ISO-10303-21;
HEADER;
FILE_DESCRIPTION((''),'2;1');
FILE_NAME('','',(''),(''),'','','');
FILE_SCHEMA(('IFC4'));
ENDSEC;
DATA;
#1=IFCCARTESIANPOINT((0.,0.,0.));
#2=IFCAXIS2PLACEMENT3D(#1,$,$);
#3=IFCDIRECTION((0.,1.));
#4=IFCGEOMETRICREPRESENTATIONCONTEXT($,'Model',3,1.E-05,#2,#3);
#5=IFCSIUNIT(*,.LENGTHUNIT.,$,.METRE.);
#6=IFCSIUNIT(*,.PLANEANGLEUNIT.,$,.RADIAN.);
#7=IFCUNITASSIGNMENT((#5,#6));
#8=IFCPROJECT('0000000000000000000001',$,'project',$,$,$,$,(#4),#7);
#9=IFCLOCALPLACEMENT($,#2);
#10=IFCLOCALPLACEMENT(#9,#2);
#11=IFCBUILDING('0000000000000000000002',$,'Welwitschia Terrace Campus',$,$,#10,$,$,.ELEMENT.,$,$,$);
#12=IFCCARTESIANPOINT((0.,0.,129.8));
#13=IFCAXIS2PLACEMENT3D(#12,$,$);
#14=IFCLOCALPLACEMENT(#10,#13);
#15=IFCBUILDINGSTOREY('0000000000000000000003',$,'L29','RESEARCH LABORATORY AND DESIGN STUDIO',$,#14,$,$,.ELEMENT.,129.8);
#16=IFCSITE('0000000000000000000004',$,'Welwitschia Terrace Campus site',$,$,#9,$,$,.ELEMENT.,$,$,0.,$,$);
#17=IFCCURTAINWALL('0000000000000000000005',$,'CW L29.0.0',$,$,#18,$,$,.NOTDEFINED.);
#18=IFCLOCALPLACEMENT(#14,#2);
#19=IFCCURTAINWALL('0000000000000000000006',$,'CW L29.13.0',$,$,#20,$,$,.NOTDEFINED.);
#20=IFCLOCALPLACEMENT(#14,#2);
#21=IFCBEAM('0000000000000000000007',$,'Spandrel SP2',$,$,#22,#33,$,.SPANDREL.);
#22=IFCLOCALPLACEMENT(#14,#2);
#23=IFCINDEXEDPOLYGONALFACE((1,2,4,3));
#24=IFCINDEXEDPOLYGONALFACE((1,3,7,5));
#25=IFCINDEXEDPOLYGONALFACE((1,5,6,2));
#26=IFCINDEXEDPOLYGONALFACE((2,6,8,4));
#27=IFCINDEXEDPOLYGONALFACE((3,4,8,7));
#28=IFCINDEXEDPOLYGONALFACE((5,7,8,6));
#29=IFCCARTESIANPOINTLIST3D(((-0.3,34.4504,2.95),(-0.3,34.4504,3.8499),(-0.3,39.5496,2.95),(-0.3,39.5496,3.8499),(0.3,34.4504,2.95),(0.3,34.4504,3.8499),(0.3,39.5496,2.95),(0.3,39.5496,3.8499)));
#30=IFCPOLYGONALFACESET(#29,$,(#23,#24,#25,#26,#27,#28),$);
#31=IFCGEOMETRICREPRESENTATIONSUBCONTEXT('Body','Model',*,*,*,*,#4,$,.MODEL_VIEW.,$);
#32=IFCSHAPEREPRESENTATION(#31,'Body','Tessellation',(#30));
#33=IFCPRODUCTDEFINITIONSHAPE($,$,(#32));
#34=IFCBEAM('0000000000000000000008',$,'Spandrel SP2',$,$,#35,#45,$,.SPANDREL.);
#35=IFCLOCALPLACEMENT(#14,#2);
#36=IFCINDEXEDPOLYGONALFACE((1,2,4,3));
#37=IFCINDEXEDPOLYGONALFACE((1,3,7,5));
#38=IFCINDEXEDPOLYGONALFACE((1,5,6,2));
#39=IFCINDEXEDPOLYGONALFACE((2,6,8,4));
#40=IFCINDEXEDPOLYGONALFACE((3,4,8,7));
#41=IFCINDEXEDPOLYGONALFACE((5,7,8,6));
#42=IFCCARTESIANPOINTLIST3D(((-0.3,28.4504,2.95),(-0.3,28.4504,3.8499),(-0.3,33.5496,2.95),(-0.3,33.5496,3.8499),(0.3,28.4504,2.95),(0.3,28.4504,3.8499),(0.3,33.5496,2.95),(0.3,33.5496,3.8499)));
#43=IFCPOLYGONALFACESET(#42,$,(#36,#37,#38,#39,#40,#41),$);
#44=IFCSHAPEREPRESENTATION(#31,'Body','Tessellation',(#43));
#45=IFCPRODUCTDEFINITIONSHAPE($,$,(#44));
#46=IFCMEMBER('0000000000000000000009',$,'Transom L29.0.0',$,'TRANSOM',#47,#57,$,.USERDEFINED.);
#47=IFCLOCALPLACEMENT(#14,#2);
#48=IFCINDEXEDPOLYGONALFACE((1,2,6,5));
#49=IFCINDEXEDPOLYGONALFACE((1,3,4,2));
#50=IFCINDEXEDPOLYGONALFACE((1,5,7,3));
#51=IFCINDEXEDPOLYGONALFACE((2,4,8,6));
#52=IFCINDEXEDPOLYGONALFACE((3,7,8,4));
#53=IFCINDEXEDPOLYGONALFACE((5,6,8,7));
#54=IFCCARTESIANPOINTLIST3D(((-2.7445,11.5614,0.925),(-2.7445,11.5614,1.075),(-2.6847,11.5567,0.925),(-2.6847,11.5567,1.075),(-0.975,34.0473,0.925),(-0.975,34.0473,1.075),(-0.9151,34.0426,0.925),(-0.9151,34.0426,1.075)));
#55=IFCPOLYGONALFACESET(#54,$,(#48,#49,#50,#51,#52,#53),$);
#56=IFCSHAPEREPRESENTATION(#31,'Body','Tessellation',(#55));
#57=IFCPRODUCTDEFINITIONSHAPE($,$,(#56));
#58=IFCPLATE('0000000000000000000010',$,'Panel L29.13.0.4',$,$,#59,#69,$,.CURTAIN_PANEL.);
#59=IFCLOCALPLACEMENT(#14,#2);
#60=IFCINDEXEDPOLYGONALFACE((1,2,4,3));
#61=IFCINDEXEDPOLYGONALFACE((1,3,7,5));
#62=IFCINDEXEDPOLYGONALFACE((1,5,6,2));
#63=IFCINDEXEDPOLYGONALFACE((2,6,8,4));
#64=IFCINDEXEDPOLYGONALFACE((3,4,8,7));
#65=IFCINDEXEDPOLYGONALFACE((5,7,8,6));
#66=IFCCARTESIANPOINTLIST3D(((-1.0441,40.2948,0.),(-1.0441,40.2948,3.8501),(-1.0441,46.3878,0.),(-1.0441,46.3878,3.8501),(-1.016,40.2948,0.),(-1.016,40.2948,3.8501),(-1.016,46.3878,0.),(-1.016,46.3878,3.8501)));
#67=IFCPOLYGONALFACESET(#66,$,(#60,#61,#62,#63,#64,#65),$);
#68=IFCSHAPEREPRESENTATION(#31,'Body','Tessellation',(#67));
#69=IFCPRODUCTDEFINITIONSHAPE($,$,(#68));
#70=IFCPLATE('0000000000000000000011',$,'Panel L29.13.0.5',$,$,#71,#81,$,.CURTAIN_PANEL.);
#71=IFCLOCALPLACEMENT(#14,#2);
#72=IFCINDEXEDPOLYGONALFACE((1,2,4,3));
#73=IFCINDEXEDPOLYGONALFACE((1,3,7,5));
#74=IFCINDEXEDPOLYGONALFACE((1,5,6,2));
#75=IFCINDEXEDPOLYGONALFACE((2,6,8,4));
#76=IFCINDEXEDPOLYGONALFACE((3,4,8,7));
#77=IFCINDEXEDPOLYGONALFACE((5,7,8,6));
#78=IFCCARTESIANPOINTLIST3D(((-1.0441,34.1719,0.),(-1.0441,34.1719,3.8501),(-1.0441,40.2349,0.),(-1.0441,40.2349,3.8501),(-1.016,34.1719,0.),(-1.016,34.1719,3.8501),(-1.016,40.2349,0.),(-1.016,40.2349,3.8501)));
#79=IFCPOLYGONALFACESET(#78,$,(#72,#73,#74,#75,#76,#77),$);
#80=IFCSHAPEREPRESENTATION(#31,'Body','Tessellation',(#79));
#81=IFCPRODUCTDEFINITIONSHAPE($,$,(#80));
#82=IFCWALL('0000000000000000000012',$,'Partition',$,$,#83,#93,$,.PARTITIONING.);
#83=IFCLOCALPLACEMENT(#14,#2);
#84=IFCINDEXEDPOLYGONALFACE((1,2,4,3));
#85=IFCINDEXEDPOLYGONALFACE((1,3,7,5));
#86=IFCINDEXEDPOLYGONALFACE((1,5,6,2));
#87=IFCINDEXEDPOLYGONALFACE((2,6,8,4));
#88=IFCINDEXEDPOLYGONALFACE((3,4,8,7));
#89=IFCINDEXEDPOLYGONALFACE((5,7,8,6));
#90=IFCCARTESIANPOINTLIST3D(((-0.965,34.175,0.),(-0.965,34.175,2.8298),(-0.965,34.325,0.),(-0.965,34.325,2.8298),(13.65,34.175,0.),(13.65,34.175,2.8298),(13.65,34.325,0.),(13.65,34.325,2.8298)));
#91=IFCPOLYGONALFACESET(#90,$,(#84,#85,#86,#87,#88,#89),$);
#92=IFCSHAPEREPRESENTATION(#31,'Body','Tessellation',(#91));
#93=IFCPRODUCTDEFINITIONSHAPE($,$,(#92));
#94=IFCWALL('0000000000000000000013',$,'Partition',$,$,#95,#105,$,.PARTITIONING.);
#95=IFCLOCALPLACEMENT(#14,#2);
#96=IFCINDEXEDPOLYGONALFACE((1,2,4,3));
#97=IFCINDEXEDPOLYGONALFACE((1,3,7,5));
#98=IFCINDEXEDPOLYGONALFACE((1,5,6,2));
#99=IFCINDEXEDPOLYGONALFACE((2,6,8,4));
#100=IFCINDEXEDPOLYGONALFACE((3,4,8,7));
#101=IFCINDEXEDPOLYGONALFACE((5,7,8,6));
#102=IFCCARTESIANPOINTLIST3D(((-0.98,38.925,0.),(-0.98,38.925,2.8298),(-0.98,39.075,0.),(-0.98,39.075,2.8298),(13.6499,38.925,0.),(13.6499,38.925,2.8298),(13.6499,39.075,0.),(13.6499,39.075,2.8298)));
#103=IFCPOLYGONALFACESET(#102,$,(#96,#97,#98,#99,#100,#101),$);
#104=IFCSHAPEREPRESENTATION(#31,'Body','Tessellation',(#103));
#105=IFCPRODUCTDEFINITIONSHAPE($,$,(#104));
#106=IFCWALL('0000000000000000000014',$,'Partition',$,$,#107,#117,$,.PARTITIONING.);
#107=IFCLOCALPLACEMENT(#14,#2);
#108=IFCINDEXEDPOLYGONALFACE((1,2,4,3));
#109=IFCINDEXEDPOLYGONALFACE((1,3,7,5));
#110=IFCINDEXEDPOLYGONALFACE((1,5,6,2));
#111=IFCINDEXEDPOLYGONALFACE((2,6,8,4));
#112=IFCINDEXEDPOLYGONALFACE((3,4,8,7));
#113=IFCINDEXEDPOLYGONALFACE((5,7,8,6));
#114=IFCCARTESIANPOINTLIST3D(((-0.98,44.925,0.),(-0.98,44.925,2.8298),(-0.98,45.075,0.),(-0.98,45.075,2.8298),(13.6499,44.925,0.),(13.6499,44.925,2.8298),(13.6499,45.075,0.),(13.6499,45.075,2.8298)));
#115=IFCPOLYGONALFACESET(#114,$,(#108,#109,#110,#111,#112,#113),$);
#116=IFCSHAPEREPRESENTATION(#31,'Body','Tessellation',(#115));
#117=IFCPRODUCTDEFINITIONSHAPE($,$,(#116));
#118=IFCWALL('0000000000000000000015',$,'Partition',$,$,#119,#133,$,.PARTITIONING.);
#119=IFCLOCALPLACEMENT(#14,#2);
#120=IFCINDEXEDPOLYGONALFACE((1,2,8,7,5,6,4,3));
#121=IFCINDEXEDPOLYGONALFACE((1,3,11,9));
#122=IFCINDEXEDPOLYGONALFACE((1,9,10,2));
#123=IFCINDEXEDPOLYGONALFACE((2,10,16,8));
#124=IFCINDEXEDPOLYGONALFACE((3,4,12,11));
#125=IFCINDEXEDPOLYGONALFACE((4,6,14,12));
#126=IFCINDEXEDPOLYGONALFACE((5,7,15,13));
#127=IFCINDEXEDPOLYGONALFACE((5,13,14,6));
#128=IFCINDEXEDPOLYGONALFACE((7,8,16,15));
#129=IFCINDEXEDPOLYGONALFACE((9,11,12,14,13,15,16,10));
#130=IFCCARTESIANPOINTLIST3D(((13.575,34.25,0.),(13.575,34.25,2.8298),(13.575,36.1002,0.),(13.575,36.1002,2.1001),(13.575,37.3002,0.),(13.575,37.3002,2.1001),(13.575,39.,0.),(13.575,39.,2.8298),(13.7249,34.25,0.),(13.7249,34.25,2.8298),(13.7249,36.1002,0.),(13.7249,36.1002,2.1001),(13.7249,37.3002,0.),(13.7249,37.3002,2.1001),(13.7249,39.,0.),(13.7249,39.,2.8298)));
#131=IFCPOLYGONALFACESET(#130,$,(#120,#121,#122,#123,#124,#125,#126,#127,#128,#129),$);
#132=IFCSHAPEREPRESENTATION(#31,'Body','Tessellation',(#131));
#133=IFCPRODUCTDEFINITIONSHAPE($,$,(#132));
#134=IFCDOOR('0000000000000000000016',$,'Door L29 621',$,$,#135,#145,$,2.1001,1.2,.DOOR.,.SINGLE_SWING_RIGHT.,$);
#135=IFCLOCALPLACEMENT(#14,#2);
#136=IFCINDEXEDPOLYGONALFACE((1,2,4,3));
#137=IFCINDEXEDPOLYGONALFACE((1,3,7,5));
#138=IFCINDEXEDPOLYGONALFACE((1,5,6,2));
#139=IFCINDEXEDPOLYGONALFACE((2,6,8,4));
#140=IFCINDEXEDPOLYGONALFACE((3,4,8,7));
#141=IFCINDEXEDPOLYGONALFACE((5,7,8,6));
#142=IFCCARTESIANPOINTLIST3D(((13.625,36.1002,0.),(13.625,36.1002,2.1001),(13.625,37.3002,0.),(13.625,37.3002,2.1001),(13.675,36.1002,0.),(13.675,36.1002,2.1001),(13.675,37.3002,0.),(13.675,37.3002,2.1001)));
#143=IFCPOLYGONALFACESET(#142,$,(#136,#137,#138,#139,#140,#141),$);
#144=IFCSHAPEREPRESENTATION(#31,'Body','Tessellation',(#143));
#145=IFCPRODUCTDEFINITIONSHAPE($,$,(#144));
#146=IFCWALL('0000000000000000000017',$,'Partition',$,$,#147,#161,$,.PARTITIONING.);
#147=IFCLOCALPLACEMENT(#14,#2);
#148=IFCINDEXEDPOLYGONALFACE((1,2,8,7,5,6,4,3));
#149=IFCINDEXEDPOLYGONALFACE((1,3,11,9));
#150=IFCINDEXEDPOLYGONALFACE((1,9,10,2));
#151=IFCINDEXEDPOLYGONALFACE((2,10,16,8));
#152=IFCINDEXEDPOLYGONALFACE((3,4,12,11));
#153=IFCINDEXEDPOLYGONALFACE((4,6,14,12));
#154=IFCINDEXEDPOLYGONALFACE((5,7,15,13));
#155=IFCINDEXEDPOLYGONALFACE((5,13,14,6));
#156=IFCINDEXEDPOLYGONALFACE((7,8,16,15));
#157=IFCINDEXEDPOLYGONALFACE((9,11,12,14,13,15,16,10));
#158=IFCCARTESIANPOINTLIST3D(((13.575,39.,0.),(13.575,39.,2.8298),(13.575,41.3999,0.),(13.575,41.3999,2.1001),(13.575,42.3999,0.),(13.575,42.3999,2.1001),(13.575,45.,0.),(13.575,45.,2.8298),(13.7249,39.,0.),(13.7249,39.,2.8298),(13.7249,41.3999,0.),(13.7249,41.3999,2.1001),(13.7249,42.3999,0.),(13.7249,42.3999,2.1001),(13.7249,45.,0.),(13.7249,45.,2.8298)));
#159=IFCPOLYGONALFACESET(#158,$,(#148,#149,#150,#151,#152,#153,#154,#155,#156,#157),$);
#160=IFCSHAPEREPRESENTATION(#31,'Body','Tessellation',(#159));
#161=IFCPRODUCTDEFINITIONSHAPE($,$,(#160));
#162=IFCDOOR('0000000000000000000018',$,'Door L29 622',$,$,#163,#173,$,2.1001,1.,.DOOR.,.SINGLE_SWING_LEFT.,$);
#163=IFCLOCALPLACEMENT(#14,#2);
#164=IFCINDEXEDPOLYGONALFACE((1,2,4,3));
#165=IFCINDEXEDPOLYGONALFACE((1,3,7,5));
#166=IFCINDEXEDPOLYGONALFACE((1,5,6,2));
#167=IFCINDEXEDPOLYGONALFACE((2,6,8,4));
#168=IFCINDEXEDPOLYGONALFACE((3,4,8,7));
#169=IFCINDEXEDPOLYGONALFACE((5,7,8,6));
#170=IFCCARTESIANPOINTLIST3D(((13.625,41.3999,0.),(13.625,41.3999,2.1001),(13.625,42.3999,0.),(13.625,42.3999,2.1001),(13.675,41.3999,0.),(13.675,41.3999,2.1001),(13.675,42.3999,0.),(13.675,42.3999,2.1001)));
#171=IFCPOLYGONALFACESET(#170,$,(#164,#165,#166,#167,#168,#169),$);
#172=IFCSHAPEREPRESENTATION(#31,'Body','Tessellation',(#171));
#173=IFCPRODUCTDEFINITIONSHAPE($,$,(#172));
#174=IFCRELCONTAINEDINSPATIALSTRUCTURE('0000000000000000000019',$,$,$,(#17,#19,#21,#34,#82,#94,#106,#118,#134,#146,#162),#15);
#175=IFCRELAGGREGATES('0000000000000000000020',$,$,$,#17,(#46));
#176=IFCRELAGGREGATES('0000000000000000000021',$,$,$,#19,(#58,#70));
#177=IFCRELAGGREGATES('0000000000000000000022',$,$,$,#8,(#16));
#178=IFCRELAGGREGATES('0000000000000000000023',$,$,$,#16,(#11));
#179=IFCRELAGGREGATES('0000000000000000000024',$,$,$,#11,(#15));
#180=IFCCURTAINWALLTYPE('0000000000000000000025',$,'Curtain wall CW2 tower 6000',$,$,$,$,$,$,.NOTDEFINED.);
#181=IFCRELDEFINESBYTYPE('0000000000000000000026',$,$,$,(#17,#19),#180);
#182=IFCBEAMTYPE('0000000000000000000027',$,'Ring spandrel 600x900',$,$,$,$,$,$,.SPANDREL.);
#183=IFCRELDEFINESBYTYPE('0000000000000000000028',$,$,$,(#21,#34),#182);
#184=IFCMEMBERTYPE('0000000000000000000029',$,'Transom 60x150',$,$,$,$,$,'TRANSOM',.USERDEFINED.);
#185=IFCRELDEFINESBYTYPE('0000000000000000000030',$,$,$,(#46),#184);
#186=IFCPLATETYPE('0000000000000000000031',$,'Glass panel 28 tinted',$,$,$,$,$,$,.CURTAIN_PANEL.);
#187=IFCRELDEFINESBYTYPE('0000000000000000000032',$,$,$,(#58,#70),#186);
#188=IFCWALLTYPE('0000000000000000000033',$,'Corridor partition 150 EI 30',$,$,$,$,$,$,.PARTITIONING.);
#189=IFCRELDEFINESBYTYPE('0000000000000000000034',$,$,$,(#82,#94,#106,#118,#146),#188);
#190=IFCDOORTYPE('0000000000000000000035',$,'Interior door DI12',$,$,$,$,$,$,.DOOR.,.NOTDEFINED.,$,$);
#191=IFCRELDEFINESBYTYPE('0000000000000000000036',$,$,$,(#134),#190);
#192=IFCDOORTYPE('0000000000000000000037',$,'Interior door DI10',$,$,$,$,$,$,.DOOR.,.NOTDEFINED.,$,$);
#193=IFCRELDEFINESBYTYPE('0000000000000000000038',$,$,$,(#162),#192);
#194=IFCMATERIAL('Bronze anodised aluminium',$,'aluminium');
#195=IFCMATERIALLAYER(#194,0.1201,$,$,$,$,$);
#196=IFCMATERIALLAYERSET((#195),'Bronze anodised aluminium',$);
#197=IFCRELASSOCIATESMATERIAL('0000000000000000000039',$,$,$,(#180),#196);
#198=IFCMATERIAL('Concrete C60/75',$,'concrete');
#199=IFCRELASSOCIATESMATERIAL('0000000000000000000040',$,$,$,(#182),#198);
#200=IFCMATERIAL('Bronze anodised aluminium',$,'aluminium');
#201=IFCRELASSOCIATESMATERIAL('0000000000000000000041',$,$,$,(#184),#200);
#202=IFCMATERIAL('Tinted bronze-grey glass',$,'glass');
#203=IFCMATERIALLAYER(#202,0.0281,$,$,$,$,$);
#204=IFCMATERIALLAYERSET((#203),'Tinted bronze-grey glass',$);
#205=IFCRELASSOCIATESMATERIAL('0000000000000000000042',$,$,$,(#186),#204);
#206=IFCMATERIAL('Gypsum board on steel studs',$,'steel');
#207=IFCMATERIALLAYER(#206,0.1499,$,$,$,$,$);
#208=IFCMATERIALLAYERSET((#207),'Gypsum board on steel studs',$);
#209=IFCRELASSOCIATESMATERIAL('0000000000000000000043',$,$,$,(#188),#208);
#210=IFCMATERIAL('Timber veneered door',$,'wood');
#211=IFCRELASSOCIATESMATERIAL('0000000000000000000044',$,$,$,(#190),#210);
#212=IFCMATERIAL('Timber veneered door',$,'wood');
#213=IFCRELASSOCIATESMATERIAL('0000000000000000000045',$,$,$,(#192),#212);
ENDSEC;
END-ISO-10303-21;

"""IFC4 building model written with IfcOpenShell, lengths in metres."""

from ifc_helpers import new_model, si_unit, direction, frame, frame_2d, origin, origin_2d, place, context, subcontext, project, spatial, rectangle, extrude, material, layer, layer_set, material_profile, profile_set, type_object, element, fill, aggregate, save


model = new_model("IFC4")

# Units and contexts
model_context = context("Model", 3, precision=1e-05, world=origin(), true_north=direction((0.0, 1.0)))
body_context = subcontext(model_context, "Body", "Model", "MODEL_VIEW")
ifc_project = project(units=[si_unit("LENGTHUNIT", "METRE"), si_unit("PLANEANGLEUNIT", "RADIAN")], contexts=[model_context])

# Site, building, storey
site_placement = place(None, origin())
site = spatial("IfcSite", under=ifc_project, at=site_placement, Name="Welwitschia Terrace Campus site", CompositionType="ELEMENT", RefElevation=0.0)
building_placement = place(site_placement, origin())
building = spatial("IfcBuilding", under=site, at=building_placement, Name="Welwitschia Terrace Campus", CompositionType="ELEMENT")
storey_placement = place(building_placement, frame((0.0, 0.0, 129.8)))
storey = spatial("IfcBuildingStorey", under=building, at=storey_placement, Name="L29", Description="RESEARCH LABORATORY AND DESIGN STUDIO", CompositionType="ELEMENT", Elevation=129.8)

# Curtain wall
ifc_material_1 = material(Name="Bronze anodised aluminium", Category="aluminium")
ifc_layer_1 = layer(ifc_material_1, 0.1201)
ifc_layer_set_1 = layer_set([ifc_layer_1], Name="Bronze anodised aluminium")
curtain_wall_type = type_object("IfcCurtainWallType", Name="Curtain wall CW2 tower 6000", PredefinedType="NOTDEFINED", material=ifc_layer_set_1)
curtain_wall_1_placement = place(storey_placement, origin())
curtain_wall_1 = element("IfcCurtainWall", 1, at=curtain_wall_1_placement, inside=storey, type_object=curtain_wall_type, Name="CW L29.0.0", PredefinedType="NOTDEFINED")

# Curtain wall
curtain_wall_2_placement = place(storey_placement, origin())
curtain_wall_2 = element("IfcCurtainWall", 2, at=curtain_wall_2_placement, inside=storey, type_object=curtain_wall_type, Name="CW L29.13.0", PredefinedType="NOTDEFINED")

# Beams
ifc_material_2 = material(Name="Concrete C60/75", Category="concrete")
ifc_material_profile_1 = material_profile(ifc_material_2, rectangle(XDim=0.6001, YDim=0.8999, at=origin_2d()))
ifc_profile_set_1 = profile_set([ifc_material_profile_1], Name="Concrete C60/75")
beam_type_1 = type_object("IfcBeamType", Name="Ring spandrel 600x900", PredefinedType="SPANDREL", material=ifc_profile_set_1)
for number, where, z_axis, x_axis, name in (
    (3, (0.0, 39.5496, 3.3999), (0.0, -1.0, 0.0), (1.0, 0.0, 0.0), "Spandrel SP2"),
    (4, (0.0, 33.5496, 3.3999), (0.0, -1.0, 0.0), (1.0, 0.0, 0.0), "Spandrel SP2"),
):
    element("IfcBeam", number, at=place(storey_placement, frame(where, z_axis=z_axis, x_axis=x_axis)), inside=storey, type_object=beam_type_1, Name=name, PredefinedType="SPANDREL", context=body_context, shape_type="SweptSolid", body=[
        extrude(rectangle(XDim=0.6001, YDim=0.8999, at=origin_2d()), origin(), (0.0, 0.0, 1.0), 5.0991),
    ])

# Member
ifc_material_3 = material(Name="Bronze anodised aluminium", Category="aluminium")
ifc_material_profile_2 = material_profile(ifc_material_3, rectangle(XDim=0.0601, YDim=0.1499, at=origin_2d()))
ifc_profile_set_2 = profile_set([ifc_material_profile_2], Name="Bronze anodised aluminium")
member_type_1 = type_object("IfcMemberType", Name="Transom 60x150", ElementType="TRANSOM", PredefinedType="USERDEFINED", material=ifc_profile_set_2)
member_1_placement = place(storey_placement, frame((-0.9451, 34.0449, 1.0), z_axis=(-0.078453, -0.996918, 0.0), x_axis=(0.996918, -0.078453, 0.0)))
member_1 = element("IfcMember", 5, at=member_1_placement, type_object=member_type_1, Name="Transom L29.0.0", ObjectType="TRANSOM", PredefinedType="USERDEFINED", context=body_context, shape_type="SweptSolid", body=[
    extrude(rectangle(XDim=0.0601, YDim=0.1499, at=origin_2d()), origin(), (0.0, 0.0, 1.0), 22.5554),
])
aggregate(curtain_wall_1, [member_1])

# Plates
ifc_material_4 = material(Name="Tinted bronze-grey glass", Category="glass")
ifc_layer_2 = layer(ifc_material_4, 0.0281)
ifc_layer_set_2 = layer_set([ifc_layer_2], Name="Tinted bronze-grey glass")
plate_type = type_object("IfcPlateType", Name="Glass panel 28 tinted", PredefinedType="CURTAIN_PANEL", material=ifc_layer_set_2)
plate_1_placement = place(storey_placement, frame((-1.03, 43.3413, 0.0), z_axis=(0.0, 0.0, 1.0), x_axis=(0.0, -1.0, 0.0)))
plate_1 = element("IfcPlate", 6, at=plate_1_placement, type_object=plate_type, Name="Panel L29.13.0.4", PredefinedType="CURTAIN_PANEL", context=body_context, shape_type="SweptSolid", body=[
    extrude(rectangle(XDim=6.093, YDim=0.0281, at=origin_2d()), origin(), (0.0, 0.0, 1.0), 3.8501),
])
plate_2_placement = place(storey_placement, frame((-1.03, 37.2034, 0.0), z_axis=(0.0, 0.0, 1.0), x_axis=(0.0, -1.0, 0.0)))
plate_2 = element("IfcPlate", 7, at=plate_2_placement, type_object=plate_type, Name="Panel L29.13.0.5", PredefinedType="CURTAIN_PANEL", context=body_context, shape_type="SweptSolid", body=[
    extrude(rectangle(XDim=6.063, YDim=0.0281, at=origin_2d()), origin(), (0.0, 0.0, 1.0), 3.8501),
])
aggregate(curtain_wall_2, [plate_1, plate_2])

# Walls
ifc_material_5 = material(Name="Gypsum board on steel studs", Category="steel")
ifc_layer_3 = layer(ifc_material_5, 0.1499)
ifc_layer_set_3 = layer_set([ifc_layer_3], Name="Gypsum board on steel studs")
wall_type = type_object("IfcWallType", Name="Corridor partition 150 EI 30", PredefinedType="PARTITIONING", material=ifc_layer_set_3)
wall_1_placement = place(storey_placement, frame((-0.9651, 34.25, 0.0), z_axis=(0.0, 0.0, 1.0), x_axis=(1.0, 0.0, 0.0)))
element("IfcWall", 8, at=wall_1_placement, inside=storey, type_object=wall_type, Name="Partition", PredefinedType="PARTITIONING", context=body_context, shape_type="SweptSolid", body=[
    extrude(rectangle(XDim=14.615, YDim=0.1499, at=frame_2d((7.3076, 0.0))), origin(), (0.0, 0.0, 1.0), 2.8298),
])
for number, where, z_axis, x_axis, name in (
    (9, (-0.98, 39.0, 0.0), (0.0, 0.0, 1.0), (1.0, 0.0, 0.0), "Partition"),
    (10, (-0.98, 45.0, 0.0), (0.0, 0.0, 1.0), (1.0, 0.0, 0.0), "Partition"),
):
    element("IfcWall", number, at=place(storey_placement, frame(where, z_axis=z_axis, x_axis=x_axis)), inside=storey, type_object=wall_type, Name=name, PredefinedType="PARTITIONING", context=body_context, shape_type="SweptSolid", body=[
        extrude(rectangle(XDim=14.6299, YDim=0.1499, at=frame_2d((7.3149, 0.0))), origin(), (0.0, 0.0, 1.0), 2.8298),
    ])

# Walls, openings, doors
wall_2_placement = place(storey_placement, frame((13.6499, 34.25, 0.0), z_axis=(0.0, 0.0, 1.0), x_axis=(0.0, 1.0, 0.0)))
wall_2 = element("IfcWall", 11, at=wall_2_placement, inside=storey, type_object=wall_type, Name="Partition", PredefinedType="PARTITIONING", context=body_context, shape_type="SweptSolid", body=[
    extrude(rectangle(XDim=4.75, YDim=0.1499, at=frame_2d((2.375, 0.0))), origin(), (0.0, 0.0, 1.0), 2.8298),
])
opening_1_placement = place(wall_2_placement, frame((1.8501, 0.0, 0.0)))
opening_1 = element("IfcOpeningElement", 12, at=opening_1_placement, cuts=wall_2, PredefinedType="OPENING", context=body_context, shape_type="SweptSolid", body=[
    extrude(rectangle(XDim=1.2, YDim=2.1001, at=frame_2d((0.6001, 1.05))), frame((0.0, 0.085, 0.0), z_axis=(0.0, -1.0, 0.0), x_axis=(1.0, 0.0, 0.0)), (0.0, 0.0, 1.0), 0.1699),
])
ifc_material_6 = material(Name="Timber veneered door", Category="wood")
door_type_1 = type_object("IfcDoorType", Name="Interior door DI12", OperationType="NOTDEFINED", PredefinedType="DOOR", material=ifc_material_6)
door_1_placement = place(opening_1_placement, origin())
door_1 = element("IfcDoor", 13, at=door_1_placement, inside=storey, type_object=door_type_1, Name="Door L29 621", OperationType="SINGLE_SWING_RIGHT", OverallHeight=2.1001, OverallWidth=1.2, PredefinedType="DOOR", context=body_context, shape_type="SweptSolid", body=[
    extrude(rectangle(XDim=1.2, YDim=2.1001, at=frame_2d((0.6001, 1.05))), frame((0.0, 0.0249, 0.0), z_axis=(0.0, -1.0, 0.0), x_axis=(1.0, 0.0, 0.0)), (0.0, 0.0, 1.0), 0.05),
])
fill(opening_1, door_1)
wall_3_placement = place(storey_placement, frame((13.6499, 39.0, 0.0), z_axis=(0.0, 0.0, 1.0), x_axis=(0.0, 1.0, 0.0)))
wall_3 = element("IfcWall", 14, at=wall_3_placement, inside=storey, type_object=wall_type, Name="Partition", PredefinedType="PARTITIONING", context=body_context, shape_type="SweptSolid", body=[
    extrude(rectangle(XDim=6.0, YDim=0.1499, at=frame_2d((3.0, 0.0))), origin(), (0.0, 0.0, 1.0), 2.8298),
])
opening_2_placement = place(wall_3_placement, frame((2.3999, 0.0, 0.0)))
opening_2 = element("IfcOpeningElement", 15, at=opening_2_placement, cuts=wall_3, PredefinedType="OPENING", context=body_context, shape_type="SweptSolid", body=[
    extrude(rectangle(XDim=1.0, YDim=2.1001, at=frame_2d((0.5, 1.05))), frame((0.0, 0.085, 0.0), z_axis=(0.0, -1.0, 0.0), x_axis=(1.0, 0.0, 0.0)), (0.0, 0.0, 1.0), 0.1699),
])
ifc_material_7 = material(Name="Timber veneered door", Category="wood")
door_type_2 = type_object("IfcDoorType", Name="Interior door DI10", OperationType="NOTDEFINED", PredefinedType="DOOR", material=ifc_material_7)
door_2_placement = place(opening_2_placement, origin())
door_2 = element("IfcDoor", 16, at=door_2_placement, inside=storey, type_object=door_type_2, Name="Door L29 622", OperationType="SINGLE_SWING_LEFT", OverallHeight=2.1001, OverallWidth=1.0, PredefinedType="DOOR", context=body_context, shape_type="SweptSolid", body=[
    extrude(rectangle(XDim=1.0, YDim=2.1001, at=frame_2d((0.5, 1.05))), frame((0.0, 0.0249, 0.0), z_axis=(0.0, -1.0, 0.0), x_axis=(1.0, 0.0, 0.0)), (0.0, 0.0, 1.0), 0.05),
])
fill(opening_2, door_2)

save(model, "model.ifc")
